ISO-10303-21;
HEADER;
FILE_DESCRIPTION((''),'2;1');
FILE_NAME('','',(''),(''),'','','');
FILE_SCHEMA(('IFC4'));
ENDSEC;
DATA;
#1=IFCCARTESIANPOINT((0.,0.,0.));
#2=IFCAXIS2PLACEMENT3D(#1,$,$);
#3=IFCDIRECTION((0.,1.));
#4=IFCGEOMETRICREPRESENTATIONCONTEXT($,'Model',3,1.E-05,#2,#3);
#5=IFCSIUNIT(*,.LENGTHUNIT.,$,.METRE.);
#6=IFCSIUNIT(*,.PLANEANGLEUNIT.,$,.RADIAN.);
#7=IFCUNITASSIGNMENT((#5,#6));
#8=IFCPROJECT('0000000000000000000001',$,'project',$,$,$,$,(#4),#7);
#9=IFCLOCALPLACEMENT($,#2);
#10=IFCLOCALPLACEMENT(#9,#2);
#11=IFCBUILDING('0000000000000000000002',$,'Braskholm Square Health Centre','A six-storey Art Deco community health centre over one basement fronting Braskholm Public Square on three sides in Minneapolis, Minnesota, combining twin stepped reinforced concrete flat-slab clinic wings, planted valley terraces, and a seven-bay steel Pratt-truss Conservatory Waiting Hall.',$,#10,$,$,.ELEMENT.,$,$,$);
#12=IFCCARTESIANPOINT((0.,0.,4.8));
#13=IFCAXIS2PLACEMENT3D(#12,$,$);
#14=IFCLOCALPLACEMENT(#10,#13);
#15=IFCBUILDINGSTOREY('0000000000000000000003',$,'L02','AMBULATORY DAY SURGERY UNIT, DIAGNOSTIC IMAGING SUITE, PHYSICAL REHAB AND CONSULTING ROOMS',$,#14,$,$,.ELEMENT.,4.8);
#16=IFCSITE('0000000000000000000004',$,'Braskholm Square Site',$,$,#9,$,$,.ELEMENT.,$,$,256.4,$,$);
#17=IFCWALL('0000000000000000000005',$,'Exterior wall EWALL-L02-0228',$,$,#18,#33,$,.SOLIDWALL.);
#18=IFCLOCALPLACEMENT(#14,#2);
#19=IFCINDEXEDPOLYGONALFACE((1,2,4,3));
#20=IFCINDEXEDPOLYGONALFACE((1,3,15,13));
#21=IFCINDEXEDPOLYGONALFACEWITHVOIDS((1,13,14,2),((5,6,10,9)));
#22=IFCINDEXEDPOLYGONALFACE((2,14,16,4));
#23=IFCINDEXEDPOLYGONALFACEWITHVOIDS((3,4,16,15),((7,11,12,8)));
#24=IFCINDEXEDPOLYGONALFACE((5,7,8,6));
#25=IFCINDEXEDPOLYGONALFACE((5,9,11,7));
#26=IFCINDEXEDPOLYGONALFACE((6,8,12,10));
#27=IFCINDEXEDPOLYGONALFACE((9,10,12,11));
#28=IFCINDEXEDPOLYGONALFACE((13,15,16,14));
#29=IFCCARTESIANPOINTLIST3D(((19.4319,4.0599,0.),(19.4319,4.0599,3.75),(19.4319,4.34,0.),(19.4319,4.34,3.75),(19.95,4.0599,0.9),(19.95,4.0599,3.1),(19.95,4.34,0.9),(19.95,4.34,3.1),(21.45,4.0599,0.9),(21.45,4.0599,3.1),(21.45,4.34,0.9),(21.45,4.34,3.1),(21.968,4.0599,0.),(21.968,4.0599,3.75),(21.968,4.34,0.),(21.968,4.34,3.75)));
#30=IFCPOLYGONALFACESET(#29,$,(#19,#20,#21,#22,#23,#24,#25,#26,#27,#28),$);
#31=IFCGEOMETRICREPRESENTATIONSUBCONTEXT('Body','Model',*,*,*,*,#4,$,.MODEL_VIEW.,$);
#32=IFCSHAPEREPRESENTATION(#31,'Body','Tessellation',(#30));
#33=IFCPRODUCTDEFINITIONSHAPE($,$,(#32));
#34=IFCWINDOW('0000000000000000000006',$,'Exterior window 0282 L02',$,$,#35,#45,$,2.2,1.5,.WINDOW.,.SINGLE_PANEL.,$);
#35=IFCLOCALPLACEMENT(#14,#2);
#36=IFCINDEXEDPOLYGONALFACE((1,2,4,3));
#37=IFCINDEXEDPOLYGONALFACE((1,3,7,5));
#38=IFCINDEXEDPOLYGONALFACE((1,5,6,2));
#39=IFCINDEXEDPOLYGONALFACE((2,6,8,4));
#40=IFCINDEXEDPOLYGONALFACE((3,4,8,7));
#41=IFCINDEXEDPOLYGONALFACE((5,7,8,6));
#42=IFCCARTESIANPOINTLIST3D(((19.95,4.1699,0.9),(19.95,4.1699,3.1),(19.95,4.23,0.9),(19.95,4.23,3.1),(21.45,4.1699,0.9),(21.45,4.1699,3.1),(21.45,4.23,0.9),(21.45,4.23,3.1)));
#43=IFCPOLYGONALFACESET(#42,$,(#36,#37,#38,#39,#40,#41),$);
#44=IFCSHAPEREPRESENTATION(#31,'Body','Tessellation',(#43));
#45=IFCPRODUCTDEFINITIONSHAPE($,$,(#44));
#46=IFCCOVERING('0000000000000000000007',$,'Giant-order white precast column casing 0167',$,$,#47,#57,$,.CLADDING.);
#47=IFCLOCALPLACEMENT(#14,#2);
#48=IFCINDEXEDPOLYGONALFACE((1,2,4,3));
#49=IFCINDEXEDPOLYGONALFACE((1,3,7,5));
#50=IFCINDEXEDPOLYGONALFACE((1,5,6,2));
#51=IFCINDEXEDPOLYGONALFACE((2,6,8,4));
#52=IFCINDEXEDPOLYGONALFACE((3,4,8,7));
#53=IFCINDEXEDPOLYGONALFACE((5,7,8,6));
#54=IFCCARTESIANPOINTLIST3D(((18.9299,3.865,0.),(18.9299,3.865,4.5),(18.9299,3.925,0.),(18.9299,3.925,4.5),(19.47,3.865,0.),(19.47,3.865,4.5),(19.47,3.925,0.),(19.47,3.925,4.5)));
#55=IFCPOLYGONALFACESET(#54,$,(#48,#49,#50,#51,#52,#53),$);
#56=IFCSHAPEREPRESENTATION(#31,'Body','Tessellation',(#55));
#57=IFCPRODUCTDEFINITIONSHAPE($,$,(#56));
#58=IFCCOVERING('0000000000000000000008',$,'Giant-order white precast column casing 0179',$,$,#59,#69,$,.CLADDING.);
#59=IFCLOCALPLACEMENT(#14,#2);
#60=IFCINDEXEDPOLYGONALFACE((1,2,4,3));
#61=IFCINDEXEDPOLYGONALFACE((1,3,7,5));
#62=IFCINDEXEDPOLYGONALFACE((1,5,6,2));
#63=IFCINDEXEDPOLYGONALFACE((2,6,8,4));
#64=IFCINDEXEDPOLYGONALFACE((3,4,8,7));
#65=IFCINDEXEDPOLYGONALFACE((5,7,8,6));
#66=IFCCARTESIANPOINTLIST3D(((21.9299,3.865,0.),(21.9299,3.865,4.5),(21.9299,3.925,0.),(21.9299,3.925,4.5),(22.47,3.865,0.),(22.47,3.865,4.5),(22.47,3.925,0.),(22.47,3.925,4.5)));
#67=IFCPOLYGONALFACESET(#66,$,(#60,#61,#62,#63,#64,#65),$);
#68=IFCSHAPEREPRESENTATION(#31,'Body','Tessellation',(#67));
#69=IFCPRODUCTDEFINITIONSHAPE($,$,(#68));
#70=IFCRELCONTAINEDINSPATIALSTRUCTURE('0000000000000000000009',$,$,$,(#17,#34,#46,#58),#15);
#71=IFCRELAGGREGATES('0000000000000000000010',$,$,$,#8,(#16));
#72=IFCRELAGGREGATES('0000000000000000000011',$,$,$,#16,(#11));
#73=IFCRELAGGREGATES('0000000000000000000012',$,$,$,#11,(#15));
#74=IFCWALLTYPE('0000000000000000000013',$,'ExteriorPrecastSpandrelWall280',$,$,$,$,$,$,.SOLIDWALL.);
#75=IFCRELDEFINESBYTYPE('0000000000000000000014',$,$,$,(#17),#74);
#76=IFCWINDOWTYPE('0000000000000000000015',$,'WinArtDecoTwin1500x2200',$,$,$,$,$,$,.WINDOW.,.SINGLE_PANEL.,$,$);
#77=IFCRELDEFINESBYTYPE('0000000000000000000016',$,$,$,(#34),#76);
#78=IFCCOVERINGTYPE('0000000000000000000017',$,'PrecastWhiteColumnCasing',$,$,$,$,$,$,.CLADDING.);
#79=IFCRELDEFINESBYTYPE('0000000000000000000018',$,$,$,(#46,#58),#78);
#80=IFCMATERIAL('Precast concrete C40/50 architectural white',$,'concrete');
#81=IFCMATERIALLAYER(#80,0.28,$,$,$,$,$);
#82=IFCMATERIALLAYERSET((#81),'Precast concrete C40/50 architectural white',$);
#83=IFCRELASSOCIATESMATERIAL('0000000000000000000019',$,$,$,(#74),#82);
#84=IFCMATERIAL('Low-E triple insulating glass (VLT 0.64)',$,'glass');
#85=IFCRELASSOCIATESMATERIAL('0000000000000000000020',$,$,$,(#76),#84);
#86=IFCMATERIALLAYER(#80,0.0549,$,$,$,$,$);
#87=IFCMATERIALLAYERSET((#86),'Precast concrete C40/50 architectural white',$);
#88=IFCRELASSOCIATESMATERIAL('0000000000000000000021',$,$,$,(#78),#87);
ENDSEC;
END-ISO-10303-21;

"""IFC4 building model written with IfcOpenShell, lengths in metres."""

from ifc_helpers import new_model, si_unit, direction, frame, frame_2d, origin, origin_with_axes, origin_2d, place, context, subcontext, project, spatial, rectangle, extrude, material, layer, layer_set, type_object, element, fill, save


model = new_model("IFC4")

# Units and contexts
model_context = context("Model", 3, precision=1e-05, world=origin(), true_north=direction((0.0, 1.0)))
body_context = subcontext(model_context, "Body", "Model", "MODEL_VIEW")
ifc_project = project(units=[si_unit("LENGTHUNIT", "METRE"), si_unit("PLANEANGLEUNIT", "RADIAN")], contexts=[model_context])

# Site, building, storey
site_placement = place(None, origin())
site = spatial("IfcSite", under=ifc_project, at=site_placement, Name="Braskholm Square Site", CompositionType="ELEMENT", RefElevation=256.4)
building_placement = place(site_placement, origin())
building = spatial("IfcBuilding", under=site, at=building_placement, Name="Braskholm Square Health Centre", Description="A six-storey Art Deco community health centre over one basement fronting Braskholm Public Square on three sides in Minneapolis, Minnesota, combining twin stepped reinforced concrete flat-slab clinic wings, planted valley terraces, and a seven-bay steel Pratt-truss Conservatory Waiting Hall.", CompositionType="ELEMENT")
storey_placement = place(building_placement, frame((0.0, 0.0, 4.8)))
storey = spatial("IfcBuildingStorey", under=building, at=storey_placement, Name="L02", Description="AMBULATORY DAY SURGERY UNIT, DIAGNOSTIC IMAGING SUITE, PHYSICAL REHAB AND CONSULTING ROOMS", CompositionType="ELEMENT", Elevation=4.8)

# Shared definitions
ifc_material_1 = material(Name="Precast concrete C40/50 architectural white", Category="concrete")

# Shared definitions
ifc_material_2 = material(Name="Low-E triple insulating glass (VLT 0.64)", Category="glass")

# Wall, opening, window
ifc_layer_1 = layer(ifc_material_1, 0.28)
ifc_layer_set_1 = layer_set([ifc_layer_1], Name="Precast concrete C40/50 architectural white")
wall_type = type_object("IfcWallType", Name="ExteriorPrecastSpandrelWall280", PredefinedType="SOLIDWALL", material=ifc_layer_set_1)
wall_placement = place(storey_placement, frame((19.4319, 4.2, 0.0), z_axis=(0.0, 0.0, 1.0), x_axis=(1.0, 0.0, 0.0)))
wall = element("IfcWall", 1, at=wall_placement, inside=storey, type_object=wall_type, Name="Exterior wall EWALL-L02-0228", PredefinedType="SOLIDWALL", context=body_context, shape_type="SweptSolid", body=[
    extrude(rectangle(XDim=2.5361, YDim=0.28, at=frame_2d((1.2681, 0.0))), origin(), (0.0, 0.0, 1.0), 3.75),
])
opening_placement = place(wall_placement, frame((0.5181, 0.0, 0.8999)))
opening = element("IfcOpeningElement", 2, at=opening_placement, cuts=wall, PredefinedType="OPENING", context=body_context, shape_type="SweptSolid", body=[
    extrude(rectangle(XDim=1.5, YDim=2.2, at=frame_2d((0.75, 1.1001))), frame((0.0, 0.1499, 0.0), z_axis=(0.0, -1.0, 0.0), x_axis=(1.0, 0.0, 0.0)), (0.0, 0.0, 1.0), 0.3),
])
window_type = type_object("IfcWindowType", Name="WinArtDecoTwin1500x2200", PartitioningType="SINGLE_PANEL", PredefinedType="WINDOW", material=ifc_material_2)
window_placement = place(opening_placement, origin_with_axes())
window = element("IfcWindow", 3, at=window_placement, inside=storey, type_object=window_type, Name="Exterior window 0282 L02", OverallHeight=2.2, OverallWidth=1.5, PartitioningType="SINGLE_PANEL", PredefinedType="WINDOW", context=body_context, shape_type="SweptSolid", body=[
    extrude(rectangle(XDim=1.5, YDim=2.2, at=frame_2d((0.75, 1.1001))), frame((0.0, 0.03, 0.0), z_axis=(0.0, -1.0, 0.0), x_axis=(1.0, 0.0, 0.0)), (0.0, 0.0, 1.0), 0.0601),
])
fill(opening, window)

# Coverings
ifc_layer_2 = layer(ifc_material_1, 0.0549)
ifc_layer_set_2 = layer_set([ifc_layer_2], Name="Precast concrete C40/50 architectural white")
covering_type = type_object("IfcCoveringType", Name="PrecastWhiteColumnCasing", PredefinedType="CLADDING", material=ifc_layer_set_2)
for number, where, z_axis, x_axis, name in (
    (4, (19.2, 3.895, 0.0), (0.0, 0.0, 1.0), (1.0, 0.0, 0.0), "Giant-order white precast column casing 0167"),
    (5, (22.2, 3.895, 0.0), (0.0, 0.0, 1.0), (1.0, 0.0, 0.0), "Giant-order white precast column casing 0179"),
):
    element("IfcCovering", number, at=place(storey_placement, frame(where, z_axis=z_axis, x_axis=x_axis)), inside=storey, type_object=covering_type, Name=name, PredefinedType="CLADDING", context=body_context, shape_type="SweptSolid", body=[
        extrude(rectangle(XDim=0.54, YDim=0.0601, at=origin_2d()), origin(), (0.0, 0.0, 1.0), 4.5),
    ])

save(model, "model.ifc")
